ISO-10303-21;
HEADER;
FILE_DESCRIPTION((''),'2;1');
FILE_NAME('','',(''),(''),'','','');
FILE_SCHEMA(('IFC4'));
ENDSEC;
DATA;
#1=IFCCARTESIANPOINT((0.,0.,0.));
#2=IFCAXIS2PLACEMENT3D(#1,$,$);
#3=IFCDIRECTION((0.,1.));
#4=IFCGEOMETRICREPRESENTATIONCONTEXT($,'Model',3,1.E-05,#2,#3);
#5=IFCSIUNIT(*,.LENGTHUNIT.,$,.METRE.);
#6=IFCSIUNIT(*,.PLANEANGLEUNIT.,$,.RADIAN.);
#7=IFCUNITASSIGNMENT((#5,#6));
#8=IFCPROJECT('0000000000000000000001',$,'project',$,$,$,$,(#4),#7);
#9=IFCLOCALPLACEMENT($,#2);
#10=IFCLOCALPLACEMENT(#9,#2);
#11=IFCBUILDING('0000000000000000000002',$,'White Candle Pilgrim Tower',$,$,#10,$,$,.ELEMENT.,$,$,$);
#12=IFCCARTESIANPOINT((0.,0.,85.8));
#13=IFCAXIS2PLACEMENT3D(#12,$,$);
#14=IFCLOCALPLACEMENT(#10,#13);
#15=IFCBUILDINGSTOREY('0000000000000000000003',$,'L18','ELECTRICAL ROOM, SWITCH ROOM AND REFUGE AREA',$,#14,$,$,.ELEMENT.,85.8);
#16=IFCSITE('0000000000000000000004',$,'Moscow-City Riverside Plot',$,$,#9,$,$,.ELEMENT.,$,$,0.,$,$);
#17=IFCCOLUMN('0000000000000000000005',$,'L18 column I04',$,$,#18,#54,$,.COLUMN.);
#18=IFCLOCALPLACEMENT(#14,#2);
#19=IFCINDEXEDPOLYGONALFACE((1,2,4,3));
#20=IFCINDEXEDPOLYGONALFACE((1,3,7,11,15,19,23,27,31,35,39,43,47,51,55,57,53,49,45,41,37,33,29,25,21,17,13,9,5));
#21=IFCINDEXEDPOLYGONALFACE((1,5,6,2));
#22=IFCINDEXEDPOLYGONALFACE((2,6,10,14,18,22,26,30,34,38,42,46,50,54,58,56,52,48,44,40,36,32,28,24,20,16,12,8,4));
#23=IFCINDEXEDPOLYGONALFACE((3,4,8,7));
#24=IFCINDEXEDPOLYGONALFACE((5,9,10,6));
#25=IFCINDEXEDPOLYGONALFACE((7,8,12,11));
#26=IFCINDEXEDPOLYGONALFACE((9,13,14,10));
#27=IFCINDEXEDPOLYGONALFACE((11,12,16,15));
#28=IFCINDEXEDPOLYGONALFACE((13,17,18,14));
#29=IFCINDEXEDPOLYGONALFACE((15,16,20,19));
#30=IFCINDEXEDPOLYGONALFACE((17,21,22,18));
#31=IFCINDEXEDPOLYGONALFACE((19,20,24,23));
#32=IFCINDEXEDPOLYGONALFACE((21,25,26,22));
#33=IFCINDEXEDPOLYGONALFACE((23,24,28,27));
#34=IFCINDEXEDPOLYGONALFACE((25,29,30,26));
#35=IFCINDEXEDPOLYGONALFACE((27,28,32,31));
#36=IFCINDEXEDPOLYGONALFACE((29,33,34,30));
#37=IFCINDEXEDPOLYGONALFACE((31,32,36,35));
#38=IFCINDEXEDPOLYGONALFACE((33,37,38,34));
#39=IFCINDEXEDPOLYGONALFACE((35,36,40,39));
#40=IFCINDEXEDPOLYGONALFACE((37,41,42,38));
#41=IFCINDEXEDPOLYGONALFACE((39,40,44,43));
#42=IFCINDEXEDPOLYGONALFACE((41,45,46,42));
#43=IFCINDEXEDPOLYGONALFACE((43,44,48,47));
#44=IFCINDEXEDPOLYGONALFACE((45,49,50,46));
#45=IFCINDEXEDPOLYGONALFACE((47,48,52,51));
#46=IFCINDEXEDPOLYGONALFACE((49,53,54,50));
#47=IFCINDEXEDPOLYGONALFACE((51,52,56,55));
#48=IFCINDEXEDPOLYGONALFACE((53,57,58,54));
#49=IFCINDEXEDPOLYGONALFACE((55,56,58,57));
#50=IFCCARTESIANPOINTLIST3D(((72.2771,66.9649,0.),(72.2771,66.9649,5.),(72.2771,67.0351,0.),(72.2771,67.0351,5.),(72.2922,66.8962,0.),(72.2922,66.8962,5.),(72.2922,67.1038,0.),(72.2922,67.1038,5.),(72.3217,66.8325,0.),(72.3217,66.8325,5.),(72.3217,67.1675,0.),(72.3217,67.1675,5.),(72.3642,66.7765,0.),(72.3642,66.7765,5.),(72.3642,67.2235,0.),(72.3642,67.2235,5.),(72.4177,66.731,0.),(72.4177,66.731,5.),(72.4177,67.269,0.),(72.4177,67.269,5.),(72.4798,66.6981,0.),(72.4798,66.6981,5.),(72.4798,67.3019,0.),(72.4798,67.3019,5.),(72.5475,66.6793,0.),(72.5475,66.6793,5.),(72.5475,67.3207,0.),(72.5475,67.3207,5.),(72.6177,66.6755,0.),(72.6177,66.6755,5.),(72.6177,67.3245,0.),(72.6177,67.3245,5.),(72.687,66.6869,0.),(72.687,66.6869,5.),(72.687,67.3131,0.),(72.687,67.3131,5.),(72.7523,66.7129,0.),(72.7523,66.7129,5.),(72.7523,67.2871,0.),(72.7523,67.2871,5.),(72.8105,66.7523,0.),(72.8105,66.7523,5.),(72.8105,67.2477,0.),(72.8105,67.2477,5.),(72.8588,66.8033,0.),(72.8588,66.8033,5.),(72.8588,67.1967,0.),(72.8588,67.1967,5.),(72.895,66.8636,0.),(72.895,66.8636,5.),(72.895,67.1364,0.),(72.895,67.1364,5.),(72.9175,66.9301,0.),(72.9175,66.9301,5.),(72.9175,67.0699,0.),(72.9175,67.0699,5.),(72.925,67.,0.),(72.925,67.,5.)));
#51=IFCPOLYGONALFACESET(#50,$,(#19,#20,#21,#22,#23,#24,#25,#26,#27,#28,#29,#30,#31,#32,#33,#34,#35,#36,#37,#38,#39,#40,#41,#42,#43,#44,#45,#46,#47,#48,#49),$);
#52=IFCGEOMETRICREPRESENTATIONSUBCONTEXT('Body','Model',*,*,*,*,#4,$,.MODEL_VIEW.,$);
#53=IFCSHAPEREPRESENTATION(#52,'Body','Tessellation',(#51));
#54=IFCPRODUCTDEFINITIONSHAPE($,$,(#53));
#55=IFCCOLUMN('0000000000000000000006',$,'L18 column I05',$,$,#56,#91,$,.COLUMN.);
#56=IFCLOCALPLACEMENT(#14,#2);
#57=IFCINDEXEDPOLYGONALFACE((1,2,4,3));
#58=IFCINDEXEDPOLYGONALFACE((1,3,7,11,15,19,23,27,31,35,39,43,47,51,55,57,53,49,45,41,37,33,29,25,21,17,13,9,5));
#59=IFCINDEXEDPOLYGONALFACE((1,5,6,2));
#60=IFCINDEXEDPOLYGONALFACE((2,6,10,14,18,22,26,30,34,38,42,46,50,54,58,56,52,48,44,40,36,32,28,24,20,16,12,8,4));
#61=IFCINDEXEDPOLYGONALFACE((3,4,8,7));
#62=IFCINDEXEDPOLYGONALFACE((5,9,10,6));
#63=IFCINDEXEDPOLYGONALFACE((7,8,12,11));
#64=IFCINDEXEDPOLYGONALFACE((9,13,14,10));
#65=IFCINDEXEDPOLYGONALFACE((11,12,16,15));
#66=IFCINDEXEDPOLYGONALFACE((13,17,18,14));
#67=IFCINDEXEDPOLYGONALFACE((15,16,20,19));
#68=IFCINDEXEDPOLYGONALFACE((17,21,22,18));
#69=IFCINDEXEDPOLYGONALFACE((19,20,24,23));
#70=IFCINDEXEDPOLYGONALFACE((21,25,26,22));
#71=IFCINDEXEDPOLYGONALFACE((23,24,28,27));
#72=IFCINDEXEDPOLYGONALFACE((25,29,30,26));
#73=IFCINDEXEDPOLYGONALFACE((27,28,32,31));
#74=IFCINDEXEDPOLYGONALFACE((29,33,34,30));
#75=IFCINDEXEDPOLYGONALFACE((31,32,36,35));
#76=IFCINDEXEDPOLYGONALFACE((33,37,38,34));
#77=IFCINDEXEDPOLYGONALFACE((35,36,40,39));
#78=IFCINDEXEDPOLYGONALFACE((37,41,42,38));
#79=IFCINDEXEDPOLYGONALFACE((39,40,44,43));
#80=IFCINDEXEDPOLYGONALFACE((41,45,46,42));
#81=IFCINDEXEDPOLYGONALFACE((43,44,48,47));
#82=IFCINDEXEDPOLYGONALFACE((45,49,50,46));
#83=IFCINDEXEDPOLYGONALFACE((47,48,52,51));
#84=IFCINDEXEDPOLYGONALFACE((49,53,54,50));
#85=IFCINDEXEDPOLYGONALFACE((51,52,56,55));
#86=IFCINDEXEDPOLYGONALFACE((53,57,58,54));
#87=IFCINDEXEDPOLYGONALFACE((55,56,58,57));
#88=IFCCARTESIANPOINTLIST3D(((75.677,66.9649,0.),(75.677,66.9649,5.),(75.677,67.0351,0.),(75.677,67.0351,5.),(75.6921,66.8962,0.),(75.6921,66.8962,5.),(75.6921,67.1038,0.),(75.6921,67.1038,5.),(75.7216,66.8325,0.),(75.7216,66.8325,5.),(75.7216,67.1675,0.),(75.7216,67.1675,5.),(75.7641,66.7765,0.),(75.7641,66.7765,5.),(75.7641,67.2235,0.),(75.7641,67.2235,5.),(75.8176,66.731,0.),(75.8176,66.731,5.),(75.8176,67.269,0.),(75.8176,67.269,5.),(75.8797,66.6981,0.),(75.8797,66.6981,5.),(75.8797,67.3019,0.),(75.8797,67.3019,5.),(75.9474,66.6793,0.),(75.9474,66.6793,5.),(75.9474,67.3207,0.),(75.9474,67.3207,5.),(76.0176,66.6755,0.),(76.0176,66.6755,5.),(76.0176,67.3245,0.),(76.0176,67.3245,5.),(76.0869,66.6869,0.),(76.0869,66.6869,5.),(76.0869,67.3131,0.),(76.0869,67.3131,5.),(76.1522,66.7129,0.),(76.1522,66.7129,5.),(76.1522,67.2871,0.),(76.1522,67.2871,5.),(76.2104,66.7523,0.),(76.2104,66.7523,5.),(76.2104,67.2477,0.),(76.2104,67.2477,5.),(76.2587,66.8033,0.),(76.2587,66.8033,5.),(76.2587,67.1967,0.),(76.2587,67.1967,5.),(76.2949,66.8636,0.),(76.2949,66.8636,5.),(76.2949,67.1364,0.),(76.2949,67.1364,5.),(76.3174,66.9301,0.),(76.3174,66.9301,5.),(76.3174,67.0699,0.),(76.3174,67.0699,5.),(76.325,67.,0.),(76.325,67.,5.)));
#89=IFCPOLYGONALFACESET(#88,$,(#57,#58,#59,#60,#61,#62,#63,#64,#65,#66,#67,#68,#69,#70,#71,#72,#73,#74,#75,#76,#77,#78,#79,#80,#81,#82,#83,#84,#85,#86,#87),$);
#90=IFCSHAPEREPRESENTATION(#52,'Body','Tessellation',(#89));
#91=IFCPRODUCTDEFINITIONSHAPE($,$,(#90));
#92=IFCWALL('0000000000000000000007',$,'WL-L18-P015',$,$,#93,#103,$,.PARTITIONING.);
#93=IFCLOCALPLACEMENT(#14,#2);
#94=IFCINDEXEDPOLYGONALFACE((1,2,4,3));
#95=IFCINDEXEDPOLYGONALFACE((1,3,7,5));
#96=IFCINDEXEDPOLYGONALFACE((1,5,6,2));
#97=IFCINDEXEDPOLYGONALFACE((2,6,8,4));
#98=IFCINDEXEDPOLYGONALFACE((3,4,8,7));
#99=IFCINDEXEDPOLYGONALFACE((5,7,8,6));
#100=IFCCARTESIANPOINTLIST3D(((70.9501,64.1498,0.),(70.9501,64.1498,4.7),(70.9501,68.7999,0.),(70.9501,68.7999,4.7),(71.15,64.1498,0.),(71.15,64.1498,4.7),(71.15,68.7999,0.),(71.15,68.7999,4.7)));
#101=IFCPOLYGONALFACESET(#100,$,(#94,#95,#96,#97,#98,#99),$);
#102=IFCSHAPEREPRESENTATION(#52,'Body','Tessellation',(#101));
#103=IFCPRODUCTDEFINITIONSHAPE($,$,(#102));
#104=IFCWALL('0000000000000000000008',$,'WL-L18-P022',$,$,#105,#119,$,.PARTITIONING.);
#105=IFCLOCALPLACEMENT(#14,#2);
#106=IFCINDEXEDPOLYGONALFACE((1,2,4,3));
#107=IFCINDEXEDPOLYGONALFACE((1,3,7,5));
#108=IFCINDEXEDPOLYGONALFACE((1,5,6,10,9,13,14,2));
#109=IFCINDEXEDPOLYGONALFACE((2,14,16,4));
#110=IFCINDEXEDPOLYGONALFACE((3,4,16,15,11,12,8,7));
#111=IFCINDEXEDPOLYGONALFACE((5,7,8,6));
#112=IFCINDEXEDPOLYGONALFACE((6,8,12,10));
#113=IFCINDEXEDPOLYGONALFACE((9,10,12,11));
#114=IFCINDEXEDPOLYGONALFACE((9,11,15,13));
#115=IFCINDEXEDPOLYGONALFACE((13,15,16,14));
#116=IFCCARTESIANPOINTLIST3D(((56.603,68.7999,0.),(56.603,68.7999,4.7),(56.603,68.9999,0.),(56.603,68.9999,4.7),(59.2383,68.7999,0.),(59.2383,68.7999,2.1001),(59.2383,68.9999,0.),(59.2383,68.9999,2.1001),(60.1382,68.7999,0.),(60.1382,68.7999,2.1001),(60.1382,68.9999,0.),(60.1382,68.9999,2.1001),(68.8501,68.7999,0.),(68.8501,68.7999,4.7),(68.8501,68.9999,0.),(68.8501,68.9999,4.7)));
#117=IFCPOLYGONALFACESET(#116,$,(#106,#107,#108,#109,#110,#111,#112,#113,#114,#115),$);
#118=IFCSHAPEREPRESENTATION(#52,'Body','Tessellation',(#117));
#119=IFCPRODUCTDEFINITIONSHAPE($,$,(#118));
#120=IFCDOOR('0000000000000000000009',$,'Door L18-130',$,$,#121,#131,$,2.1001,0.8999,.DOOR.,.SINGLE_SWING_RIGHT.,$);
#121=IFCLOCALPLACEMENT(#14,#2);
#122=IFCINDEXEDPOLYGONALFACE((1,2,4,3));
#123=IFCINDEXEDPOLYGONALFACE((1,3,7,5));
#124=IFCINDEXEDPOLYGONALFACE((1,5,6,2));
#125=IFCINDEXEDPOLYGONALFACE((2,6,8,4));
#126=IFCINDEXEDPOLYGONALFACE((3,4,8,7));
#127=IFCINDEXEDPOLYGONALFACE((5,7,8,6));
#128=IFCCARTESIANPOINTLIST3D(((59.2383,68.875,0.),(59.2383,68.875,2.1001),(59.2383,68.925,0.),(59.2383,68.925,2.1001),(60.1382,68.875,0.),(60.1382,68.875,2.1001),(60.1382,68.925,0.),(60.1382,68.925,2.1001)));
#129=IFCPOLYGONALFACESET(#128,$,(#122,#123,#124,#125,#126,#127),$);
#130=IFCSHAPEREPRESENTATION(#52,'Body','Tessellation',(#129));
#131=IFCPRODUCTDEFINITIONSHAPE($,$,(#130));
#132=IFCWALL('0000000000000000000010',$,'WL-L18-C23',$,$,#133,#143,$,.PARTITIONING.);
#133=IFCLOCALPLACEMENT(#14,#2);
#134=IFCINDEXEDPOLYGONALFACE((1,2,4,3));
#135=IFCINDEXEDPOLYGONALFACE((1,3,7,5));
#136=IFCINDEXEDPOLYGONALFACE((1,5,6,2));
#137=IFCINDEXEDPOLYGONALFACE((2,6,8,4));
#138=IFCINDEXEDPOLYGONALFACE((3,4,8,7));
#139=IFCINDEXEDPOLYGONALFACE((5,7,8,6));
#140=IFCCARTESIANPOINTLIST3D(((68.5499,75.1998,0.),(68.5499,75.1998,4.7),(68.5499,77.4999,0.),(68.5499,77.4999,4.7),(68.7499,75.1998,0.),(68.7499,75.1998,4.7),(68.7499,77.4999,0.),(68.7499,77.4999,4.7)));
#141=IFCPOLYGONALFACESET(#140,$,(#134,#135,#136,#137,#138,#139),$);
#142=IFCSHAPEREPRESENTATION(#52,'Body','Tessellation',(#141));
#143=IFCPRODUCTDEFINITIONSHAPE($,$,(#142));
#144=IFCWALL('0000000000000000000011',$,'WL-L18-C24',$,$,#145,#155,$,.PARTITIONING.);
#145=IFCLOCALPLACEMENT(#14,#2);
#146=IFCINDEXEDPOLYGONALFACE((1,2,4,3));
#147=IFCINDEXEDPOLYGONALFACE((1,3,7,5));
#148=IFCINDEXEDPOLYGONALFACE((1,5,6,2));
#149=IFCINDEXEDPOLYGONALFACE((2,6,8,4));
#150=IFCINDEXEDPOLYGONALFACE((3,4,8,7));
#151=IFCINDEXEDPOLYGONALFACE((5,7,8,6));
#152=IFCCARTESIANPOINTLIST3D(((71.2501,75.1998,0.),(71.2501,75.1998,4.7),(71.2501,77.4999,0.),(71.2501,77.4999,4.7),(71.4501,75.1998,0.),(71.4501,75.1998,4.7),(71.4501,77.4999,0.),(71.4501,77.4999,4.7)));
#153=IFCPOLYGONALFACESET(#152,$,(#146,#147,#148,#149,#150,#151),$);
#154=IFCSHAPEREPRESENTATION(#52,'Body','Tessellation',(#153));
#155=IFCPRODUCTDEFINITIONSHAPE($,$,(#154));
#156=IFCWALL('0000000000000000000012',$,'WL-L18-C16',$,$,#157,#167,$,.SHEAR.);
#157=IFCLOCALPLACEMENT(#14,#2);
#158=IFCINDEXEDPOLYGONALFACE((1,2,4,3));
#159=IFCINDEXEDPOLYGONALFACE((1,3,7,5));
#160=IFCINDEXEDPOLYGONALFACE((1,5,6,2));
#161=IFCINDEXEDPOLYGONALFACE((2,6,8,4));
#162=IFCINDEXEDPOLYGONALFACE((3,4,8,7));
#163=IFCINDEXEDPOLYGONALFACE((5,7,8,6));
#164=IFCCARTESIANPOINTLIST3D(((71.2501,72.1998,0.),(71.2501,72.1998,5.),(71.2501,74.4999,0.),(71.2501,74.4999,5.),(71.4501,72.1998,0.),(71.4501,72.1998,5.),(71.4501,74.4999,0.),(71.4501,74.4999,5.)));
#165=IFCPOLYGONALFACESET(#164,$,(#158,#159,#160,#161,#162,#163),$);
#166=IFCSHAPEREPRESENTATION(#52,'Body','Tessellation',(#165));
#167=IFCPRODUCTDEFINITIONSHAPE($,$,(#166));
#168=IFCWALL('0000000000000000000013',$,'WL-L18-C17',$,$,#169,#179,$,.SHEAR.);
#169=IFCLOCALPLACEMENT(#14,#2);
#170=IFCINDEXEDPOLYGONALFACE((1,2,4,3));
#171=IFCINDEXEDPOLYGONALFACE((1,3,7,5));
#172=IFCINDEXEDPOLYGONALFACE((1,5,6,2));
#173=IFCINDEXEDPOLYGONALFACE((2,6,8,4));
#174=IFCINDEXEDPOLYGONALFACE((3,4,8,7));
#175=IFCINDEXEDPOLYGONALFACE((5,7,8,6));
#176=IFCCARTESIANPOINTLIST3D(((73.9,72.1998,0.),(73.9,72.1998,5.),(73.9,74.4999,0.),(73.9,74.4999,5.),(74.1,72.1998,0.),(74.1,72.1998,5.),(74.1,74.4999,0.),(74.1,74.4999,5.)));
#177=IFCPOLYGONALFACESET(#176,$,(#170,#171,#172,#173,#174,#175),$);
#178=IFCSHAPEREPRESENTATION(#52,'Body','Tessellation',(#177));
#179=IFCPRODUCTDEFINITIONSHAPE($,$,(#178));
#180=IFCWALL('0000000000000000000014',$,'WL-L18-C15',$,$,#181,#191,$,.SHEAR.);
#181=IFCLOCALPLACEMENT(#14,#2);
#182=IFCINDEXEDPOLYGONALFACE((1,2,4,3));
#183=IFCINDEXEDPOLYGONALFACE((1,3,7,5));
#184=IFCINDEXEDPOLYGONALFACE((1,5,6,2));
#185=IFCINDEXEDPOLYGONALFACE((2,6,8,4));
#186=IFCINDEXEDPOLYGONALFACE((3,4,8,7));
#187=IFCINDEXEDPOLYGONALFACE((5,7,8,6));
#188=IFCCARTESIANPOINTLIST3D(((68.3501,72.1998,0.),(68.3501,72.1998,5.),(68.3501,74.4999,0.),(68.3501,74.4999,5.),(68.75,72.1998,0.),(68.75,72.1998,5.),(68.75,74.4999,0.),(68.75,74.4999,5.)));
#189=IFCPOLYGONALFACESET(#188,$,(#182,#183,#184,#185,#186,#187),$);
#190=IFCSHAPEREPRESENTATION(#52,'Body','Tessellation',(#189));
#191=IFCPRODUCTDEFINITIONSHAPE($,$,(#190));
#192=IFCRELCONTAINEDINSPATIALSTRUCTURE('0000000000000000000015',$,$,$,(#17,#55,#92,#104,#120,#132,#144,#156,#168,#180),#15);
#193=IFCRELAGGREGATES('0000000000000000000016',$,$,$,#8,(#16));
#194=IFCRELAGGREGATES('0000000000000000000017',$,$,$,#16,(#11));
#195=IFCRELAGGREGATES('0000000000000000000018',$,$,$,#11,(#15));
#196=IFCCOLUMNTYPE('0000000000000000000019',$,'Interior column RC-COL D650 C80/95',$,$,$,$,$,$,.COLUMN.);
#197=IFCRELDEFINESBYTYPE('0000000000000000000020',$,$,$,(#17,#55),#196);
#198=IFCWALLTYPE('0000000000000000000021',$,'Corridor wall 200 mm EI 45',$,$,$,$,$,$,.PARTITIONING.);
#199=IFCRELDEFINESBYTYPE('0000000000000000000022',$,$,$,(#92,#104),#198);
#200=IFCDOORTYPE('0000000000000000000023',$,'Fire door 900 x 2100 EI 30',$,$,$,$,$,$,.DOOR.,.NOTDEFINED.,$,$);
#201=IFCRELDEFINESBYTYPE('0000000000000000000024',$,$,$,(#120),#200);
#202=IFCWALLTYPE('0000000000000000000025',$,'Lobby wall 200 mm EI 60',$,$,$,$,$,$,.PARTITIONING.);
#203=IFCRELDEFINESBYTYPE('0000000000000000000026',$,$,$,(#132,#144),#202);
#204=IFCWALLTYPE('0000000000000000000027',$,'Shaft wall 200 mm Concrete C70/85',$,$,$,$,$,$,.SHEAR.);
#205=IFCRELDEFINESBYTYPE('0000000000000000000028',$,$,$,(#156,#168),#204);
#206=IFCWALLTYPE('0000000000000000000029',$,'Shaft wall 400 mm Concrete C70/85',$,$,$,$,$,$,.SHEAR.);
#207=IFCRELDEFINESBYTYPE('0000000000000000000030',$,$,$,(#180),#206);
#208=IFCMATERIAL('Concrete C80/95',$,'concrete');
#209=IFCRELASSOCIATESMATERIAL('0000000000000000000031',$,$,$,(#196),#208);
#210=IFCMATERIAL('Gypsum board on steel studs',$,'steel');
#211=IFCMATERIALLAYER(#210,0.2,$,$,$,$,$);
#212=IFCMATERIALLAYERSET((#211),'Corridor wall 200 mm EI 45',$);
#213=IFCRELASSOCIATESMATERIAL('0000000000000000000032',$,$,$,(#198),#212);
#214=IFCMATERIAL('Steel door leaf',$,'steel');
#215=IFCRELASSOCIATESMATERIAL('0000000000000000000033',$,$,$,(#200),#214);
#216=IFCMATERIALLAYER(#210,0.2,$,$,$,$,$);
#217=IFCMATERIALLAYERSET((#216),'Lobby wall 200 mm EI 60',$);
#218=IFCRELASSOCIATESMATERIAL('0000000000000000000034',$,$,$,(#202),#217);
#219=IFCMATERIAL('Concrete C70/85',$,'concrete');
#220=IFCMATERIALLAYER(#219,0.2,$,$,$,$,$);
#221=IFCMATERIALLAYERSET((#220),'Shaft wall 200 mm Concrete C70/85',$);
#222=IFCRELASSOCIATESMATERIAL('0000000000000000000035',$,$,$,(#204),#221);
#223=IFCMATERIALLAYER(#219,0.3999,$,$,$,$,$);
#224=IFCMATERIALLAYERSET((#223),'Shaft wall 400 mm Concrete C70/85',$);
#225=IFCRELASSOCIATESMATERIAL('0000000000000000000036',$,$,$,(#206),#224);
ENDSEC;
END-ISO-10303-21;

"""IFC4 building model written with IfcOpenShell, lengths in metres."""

from ifc_helpers import new_model, si_unit, direction, frame, frame_2d, origin, origin_2d, place, context, subcontext, project, spatial, rectangle, circle, extrude, material, layer, layer_set, material_profile, profile_set, type_object, element, fill, save


model = new_model("IFC4")

# Units and contexts
model_context = context("Model", 3, precision=1e-05, world=origin(), true_north=direction((0.0, 1.0)))
body_context = subcontext(model_context, "Body", "Model", "MODEL_VIEW")
ifc_project = project(units=[si_unit("LENGTHUNIT", "METRE"), si_unit("PLANEANGLEUNIT", "RADIAN")], contexts=[model_context])

# Site, building, storey
site_placement = place(None, origin())
site = spatial("IfcSite", under=ifc_project, at=site_placement, Name="Moscow-City Riverside Plot", CompositionType="ELEMENT", RefElevation=0.0)
building_placement = place(site_placement, origin())
building = spatial("IfcBuilding", under=site, at=building_placement, Name="White Candle Pilgrim Tower", CompositionType="ELEMENT")
storey_placement = place(building_placement, frame((0.0, 0.0, 85.8)))
storey = spatial("IfcBuildingStorey", under=building, at=storey_placement, Name="L18", Description="ELECTRICAL ROOM, SWITCH ROOM AND REFUGE AREA", CompositionType="ELEMENT", Elevation=85.8)

# Columns
ifc_material_1 = material(Name="Concrete C80/95", Category="concrete")
ifc_material_profile = material_profile(ifc_material_1, circle(Radius=0.325, at=origin_2d()), Name="RC-COL D650")
ifc_profile_set = profile_set([ifc_material_profile], Name="Concrete C80/95")
column_type = type_object("IfcColumnType", Name="Interior column RC-COL D650 C80/95", PredefinedType="COLUMN", material=ifc_profile_set)
for number, where, z_axis, x_axis, name in (
    (1, (72.6001, 67.0, 0.0), (0.0, 0.0, 1.0), (1.0, 0.0, 0.0), "L18 column I04"),
    (2, (76.0, 67.0, 0.0), (0.0, 0.0, 1.0), (1.0, 0.0, 0.0), "L18 column I05"),
):
    element("IfcColumn", number, at=place(storey_placement, frame(where, z_axis=z_axis, x_axis=x_axis)), inside=storey, type_object=column_type, Name=name, PredefinedType="COLUMN", context=body_context, shape_type="SweptSolid", body=[
        extrude(circle(Radius=0.325, at=origin_2d()), origin(), (0.0, 0.0, 1.0), 5.0),
    ])

# Wall
ifc_material_2 = material(Name="Gypsum board on steel studs", Category="steel")
ifc_layer_1 = layer(ifc_material_2, 0.2)
ifc_layer_set_1 = layer_set([ifc_layer_1], Name="Corridor wall 200 mm EI 45")
wall_type_1 = type_object("IfcWallType", Name="Corridor wall 200 mm EI 45", PredefinedType="PARTITIONING", material=ifc_layer_set_1)
wall_1_placement = place(storey_placement, frame((71.05, 68.8, 0.0), z_axis=(0.0, 0.0, 1.0), x_axis=(0.0, -1.0, 0.0)))
element("IfcWall", 3, at=wall_1_placement, inside=storey, type_object=wall_type_1, Name="WL-L18-P015", PredefinedType="PARTITIONING", context=body_context, shape_type="SweptSolid", body=[
    extrude(rectangle(XDim=4.6501, YDim=0.2, at=frame_2d((2.3252, 0.0))), origin(), (0.0, 0.0, 1.0), 4.7),
])

# Wall, opening, door
wall_2_placement = place(storey_placement, frame((68.8501, 68.8999, 0.0), z_axis=(0.0, 0.0, 1.0), x_axis=(-1.0, 0.0, 0.0)))
wall_2 = element("IfcWall", 4, at=wall_2_placement, inside=storey, type_object=wall_type_1, Name="WL-L18-P022", PredefinedType="PARTITIONING", context=body_context, shape_type="SweptSolid", body=[
    extrude(rectangle(XDim=12.2471, YDim=0.2, at=frame_2d((6.1235, 0.0))), origin(), (0.0, 0.0, 1.0), 4.7),
])
opening_placement = place(wall_2_placement, frame((8.7119, 0.0, 0.0)))
opening = element("IfcOpeningElement", 5, at=opening_placement, cuts=wall_2, PredefinedType="OPENING", context=body_context, shape_type="SweptSolid", body=[
    extrude(rectangle(XDim=0.8999, YDim=2.1001, at=frame_2d((0.45, 1.05))), frame((0.0, 0.1099, 0.0), z_axis=(0.0, -1.0, 0.0), x_axis=(1.0, 0.0, 0.0)), (0.0, 0.0, 1.0), 0.22),
])
ifc_material_3 = material(Name="Steel door leaf", Category="steel")
door_type = type_object("IfcDoorType", Name="Fire door 900 x 2100 EI 30", OperationType="NOTDEFINED", PredefinedType="DOOR", material=ifc_material_3)
door_placement = place(opening_placement, origin())
door = element("IfcDoor", 6, at=door_placement, inside=storey, type_object=door_type, Name="Door L18-130", OperationType="SINGLE_SWING_RIGHT", OverallHeight=2.1001, OverallWidth=0.8999, PredefinedType="DOOR", context=body_context, shape_type="SweptSolid", body=[
    extrude(rectangle(XDim=0.8999, YDim=2.1001, at=frame_2d((0.45, 1.05))), frame((0.0, 0.0249, 0.0), z_axis=(0.0, -1.0, 0.0), x_axis=(1.0, 0.0, 0.0)), (0.0, 0.0, 1.0), 0.05),
])
fill(opening, door)

# Walls
ifc_layer_2 = layer(ifc_material_2, 0.2)
ifc_layer_set_2 = layer_set([ifc_layer_2], Name="Lobby wall 200 mm EI 60")
wall_type_2 = type_object("IfcWallType", Name="Lobby wall 200 mm EI 60", PredefinedType="PARTITIONING", material=ifc_layer_set_2)
for number, where, z_axis, x_axis, name in (
    (7, (68.6499, 75.2, 0.0), (0.0, 0.0, 1.0), (0.0, 1.0, 0.0), "WL-L18-C23"),
    (8, (71.3501, 75.2, 0.0), (0.0, 0.0, 1.0), (0.0, 1.0, 0.0), "WL-L18-C24"),
):
    element("IfcWall", number, at=place(storey_placement, frame(where, z_axis=z_axis, x_axis=x_axis)), inside=storey, type_object=wall_type_2, Name=name, PredefinedType="PARTITIONING", context=body_context, shape_type="SweptSolid", body=[
        extrude(rectangle(XDim=2.3, YDim=0.2, at=frame_2d((1.1499, 0.0))), origin(), (0.0, 0.0, 1.0), 4.7),
    ])
ifc_material_4 = material(Name="Concrete C70/85", Category="concrete")
ifc_layer_3 = layer(ifc_material_4, 0.2)
ifc_layer_set_3 = layer_set([ifc_layer_3], Name="Shaft wall 200 mm Concrete C70/85")
wall_type_3 = type_object("IfcWallType", Name="Shaft wall 200 mm Concrete C70/85", PredefinedType="SHEAR", material=ifc_layer_set_3)
for number, where, z_axis, x_axis, name in (
    (9, (71.3501, 72.2, 0.0), (0.0, 0.0, 1.0), (0.0, 1.0, 0.0), "WL-L18-C16"),
    (10, (74.0, 72.2, 0.0), (0.0, 0.0, 1.0), (0.0, 1.0, 0.0), "WL-L18-C17"),
):
    element("IfcWall", number, at=place(storey_placement, frame(where, z_axis=z_axis, x_axis=x_axis)), inside=storey, type_object=wall_type_3, Name=name, PredefinedType="SHEAR", context=body_context, shape_type="SweptSolid", body=[
        extrude(rectangle(XDim=2.3, YDim=0.2, at=frame_2d((1.1499, 0.0))), origin(), (0.0, 0.0, 1.0), 5.0),
    ])
ifc_layer_4 = layer(ifc_material_4, 0.3999)
ifc_layer_set_4 = layer_set([ifc_layer_4], Name="Shaft wall 400 mm Concrete C70/85")
wall_type_4 = type_object("IfcWallType", Name="Shaft wall 400 mm Concrete C70/85", PredefinedType="SHEAR", material=ifc_layer_set_4)
wall_3_placement = place(storey_placement, frame((68.55, 72.2, 0.0), z_axis=(0.0, 0.0, 1.0), x_axis=(0.0, 1.0, 0.0)))
element("IfcWall", 11, at=wall_3_placement, inside=storey, type_object=wall_type_4, Name="WL-L18-C15", PredefinedType="SHEAR", context=body_context, shape_type="SweptSolid", body=[
    extrude(rectangle(XDim=2.3, YDim=0.3999, at=frame_2d((1.1499, 0.0))), origin(), (0.0, 0.0, 1.0), 5.0),
])

save(model, "model.ifc")
